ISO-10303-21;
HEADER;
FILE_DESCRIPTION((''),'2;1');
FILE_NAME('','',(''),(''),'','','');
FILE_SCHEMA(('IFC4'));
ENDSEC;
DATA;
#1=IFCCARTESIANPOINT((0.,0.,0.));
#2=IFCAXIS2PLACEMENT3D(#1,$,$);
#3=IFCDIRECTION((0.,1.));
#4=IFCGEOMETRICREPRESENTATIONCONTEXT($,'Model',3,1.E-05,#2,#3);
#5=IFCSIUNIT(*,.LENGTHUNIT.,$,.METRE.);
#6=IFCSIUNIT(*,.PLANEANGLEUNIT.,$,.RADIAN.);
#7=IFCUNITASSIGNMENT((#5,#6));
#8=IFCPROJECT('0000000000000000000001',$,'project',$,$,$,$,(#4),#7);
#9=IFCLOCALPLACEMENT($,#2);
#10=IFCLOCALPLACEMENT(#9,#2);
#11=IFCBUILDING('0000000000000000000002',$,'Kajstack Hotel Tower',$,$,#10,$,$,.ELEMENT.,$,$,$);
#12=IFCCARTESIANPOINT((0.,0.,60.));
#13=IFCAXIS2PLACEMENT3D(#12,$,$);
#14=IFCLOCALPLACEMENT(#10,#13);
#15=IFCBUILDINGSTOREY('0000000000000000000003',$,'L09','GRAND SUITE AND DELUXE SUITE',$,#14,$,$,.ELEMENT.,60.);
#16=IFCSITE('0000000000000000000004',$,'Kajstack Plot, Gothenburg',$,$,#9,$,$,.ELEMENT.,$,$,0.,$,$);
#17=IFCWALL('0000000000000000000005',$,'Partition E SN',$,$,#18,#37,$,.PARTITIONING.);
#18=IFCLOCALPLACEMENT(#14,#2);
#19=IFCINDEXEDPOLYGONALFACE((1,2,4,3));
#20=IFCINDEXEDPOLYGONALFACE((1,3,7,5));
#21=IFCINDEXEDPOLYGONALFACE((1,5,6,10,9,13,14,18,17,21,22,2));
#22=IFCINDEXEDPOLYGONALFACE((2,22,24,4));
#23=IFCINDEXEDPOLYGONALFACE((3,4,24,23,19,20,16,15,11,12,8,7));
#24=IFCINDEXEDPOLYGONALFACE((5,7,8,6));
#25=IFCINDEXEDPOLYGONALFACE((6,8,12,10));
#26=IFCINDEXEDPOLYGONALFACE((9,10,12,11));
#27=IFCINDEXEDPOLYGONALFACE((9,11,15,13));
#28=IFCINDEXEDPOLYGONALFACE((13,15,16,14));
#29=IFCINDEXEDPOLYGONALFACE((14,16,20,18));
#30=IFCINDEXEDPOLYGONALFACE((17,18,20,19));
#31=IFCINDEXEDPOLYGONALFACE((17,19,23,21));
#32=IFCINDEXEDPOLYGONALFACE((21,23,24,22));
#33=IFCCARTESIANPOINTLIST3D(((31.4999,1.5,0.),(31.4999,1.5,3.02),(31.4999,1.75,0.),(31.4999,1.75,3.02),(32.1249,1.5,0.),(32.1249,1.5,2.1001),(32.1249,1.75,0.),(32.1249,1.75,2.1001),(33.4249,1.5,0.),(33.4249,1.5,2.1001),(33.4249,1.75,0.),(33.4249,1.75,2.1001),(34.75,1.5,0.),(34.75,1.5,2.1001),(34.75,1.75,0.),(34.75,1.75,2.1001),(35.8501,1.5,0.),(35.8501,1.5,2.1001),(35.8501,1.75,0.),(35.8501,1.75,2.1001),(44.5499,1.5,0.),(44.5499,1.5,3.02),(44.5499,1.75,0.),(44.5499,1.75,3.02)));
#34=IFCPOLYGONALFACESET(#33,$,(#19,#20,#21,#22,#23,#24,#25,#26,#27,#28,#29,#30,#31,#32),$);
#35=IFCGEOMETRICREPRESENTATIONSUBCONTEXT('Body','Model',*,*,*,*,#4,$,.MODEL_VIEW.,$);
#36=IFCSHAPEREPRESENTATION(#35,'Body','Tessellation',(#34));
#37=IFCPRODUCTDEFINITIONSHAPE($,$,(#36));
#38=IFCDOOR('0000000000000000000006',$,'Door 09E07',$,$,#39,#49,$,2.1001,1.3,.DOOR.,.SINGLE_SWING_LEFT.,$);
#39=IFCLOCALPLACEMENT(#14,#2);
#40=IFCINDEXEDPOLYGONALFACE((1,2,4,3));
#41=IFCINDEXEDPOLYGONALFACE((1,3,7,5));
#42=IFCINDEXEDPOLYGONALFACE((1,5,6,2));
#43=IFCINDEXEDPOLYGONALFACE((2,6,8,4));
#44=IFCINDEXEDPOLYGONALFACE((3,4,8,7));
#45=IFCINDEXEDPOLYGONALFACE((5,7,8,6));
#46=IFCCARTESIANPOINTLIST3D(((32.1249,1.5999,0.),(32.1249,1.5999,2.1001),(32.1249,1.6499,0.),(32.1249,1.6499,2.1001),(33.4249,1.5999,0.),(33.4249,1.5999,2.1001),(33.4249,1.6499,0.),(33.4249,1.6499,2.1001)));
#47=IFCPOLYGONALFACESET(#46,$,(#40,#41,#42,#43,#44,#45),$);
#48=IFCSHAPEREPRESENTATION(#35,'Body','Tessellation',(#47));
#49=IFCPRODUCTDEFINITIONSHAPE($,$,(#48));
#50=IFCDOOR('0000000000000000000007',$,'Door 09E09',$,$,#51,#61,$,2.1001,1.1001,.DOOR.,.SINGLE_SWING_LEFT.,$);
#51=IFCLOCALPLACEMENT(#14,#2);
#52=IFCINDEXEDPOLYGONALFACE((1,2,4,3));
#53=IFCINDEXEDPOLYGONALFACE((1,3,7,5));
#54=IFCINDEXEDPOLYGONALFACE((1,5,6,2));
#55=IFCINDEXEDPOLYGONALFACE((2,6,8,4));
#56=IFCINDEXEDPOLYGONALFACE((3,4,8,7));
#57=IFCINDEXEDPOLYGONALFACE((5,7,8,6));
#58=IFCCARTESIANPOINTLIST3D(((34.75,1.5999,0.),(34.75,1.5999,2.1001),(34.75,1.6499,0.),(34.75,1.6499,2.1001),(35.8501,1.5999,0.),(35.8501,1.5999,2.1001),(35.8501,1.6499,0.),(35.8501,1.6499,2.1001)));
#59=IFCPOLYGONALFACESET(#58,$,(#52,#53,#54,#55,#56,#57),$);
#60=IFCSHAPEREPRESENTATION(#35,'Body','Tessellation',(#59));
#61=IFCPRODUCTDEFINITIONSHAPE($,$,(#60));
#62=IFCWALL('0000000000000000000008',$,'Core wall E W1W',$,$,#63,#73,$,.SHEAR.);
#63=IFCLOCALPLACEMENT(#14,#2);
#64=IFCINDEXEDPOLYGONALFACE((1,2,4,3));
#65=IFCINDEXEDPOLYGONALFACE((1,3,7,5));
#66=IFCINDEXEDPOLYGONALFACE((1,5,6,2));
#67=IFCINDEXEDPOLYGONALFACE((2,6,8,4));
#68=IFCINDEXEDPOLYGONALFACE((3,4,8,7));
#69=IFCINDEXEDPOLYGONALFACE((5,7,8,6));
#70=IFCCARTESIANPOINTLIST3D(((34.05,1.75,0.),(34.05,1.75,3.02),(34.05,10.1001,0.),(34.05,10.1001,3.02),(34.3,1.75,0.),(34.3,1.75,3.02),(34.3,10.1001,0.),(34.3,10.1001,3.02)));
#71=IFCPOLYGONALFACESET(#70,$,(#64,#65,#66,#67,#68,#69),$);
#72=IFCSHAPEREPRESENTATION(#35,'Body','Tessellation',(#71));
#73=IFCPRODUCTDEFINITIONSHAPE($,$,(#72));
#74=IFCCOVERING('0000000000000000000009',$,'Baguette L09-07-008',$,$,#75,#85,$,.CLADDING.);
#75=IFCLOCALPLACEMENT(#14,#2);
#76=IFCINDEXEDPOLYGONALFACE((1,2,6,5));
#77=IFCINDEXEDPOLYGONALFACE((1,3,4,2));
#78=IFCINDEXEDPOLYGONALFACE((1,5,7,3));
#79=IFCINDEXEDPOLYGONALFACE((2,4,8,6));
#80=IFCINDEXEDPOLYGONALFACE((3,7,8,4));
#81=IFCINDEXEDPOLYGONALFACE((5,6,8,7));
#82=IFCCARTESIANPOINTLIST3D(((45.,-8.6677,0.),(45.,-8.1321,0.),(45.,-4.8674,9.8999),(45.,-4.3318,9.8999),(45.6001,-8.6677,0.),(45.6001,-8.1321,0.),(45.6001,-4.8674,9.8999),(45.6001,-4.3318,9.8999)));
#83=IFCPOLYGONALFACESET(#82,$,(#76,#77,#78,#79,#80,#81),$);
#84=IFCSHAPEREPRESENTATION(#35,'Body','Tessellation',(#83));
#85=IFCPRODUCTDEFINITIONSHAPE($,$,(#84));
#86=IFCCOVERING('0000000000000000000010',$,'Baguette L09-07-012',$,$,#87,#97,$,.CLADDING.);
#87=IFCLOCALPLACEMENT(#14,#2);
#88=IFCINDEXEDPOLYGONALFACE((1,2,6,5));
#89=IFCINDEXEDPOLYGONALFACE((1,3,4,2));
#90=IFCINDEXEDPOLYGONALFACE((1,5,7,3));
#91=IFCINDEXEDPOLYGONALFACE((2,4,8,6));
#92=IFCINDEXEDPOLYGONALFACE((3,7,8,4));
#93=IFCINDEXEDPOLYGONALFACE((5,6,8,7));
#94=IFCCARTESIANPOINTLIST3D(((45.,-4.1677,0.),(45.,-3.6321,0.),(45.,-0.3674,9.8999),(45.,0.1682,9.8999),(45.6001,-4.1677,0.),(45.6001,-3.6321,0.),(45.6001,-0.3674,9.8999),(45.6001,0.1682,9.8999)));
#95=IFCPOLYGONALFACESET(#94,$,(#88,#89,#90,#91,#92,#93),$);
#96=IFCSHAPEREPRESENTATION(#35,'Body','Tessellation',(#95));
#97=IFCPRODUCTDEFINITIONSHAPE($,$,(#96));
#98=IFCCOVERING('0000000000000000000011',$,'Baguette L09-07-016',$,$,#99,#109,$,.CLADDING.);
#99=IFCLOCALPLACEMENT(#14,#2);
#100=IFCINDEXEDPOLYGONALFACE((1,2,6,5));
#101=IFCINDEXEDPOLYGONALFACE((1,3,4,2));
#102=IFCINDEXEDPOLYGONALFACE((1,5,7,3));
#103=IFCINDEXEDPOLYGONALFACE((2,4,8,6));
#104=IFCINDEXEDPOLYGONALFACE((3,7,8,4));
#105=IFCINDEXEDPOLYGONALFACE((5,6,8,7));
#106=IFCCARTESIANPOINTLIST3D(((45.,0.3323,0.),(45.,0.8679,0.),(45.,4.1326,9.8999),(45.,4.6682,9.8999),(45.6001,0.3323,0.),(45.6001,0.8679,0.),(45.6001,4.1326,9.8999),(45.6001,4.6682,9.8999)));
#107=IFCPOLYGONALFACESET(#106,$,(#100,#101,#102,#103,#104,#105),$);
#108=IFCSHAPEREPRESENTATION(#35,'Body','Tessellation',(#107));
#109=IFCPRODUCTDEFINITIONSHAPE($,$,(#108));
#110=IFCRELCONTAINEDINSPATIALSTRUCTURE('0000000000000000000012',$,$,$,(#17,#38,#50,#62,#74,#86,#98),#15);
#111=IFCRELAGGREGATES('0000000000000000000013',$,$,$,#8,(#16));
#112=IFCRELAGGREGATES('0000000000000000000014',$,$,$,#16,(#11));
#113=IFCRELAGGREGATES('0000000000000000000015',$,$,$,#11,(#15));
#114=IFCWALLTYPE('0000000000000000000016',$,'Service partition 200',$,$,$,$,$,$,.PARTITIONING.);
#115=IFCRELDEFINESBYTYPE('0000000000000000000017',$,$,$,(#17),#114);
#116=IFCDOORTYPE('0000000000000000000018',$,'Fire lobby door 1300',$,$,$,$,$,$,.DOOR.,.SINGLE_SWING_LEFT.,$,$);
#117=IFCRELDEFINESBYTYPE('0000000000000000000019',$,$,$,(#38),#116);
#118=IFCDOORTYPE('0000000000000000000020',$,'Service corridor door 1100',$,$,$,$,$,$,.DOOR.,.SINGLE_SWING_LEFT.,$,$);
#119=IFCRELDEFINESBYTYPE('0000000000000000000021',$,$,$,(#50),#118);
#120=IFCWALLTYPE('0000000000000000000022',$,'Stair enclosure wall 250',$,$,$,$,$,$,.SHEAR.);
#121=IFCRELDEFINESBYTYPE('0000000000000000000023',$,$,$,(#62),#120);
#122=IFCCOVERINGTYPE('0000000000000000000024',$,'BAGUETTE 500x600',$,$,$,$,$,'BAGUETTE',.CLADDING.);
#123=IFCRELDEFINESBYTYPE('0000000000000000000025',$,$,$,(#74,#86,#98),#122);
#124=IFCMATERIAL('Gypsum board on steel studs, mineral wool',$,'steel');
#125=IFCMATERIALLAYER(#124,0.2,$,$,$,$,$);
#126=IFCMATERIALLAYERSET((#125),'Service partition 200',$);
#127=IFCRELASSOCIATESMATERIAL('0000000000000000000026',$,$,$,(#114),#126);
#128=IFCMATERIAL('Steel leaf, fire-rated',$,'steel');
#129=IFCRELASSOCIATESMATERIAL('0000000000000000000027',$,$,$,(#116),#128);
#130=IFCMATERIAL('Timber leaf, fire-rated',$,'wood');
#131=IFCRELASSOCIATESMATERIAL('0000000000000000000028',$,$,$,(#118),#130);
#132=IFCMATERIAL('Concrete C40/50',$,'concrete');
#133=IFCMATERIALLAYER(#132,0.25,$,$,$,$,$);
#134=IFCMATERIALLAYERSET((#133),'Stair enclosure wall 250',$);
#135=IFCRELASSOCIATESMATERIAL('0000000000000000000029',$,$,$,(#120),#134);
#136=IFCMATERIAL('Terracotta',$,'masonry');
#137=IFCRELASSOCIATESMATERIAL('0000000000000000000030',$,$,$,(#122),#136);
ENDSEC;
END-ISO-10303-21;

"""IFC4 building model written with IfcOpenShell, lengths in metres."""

from ifc_helpers import new_model, si_unit, direction, frame, frame_2d, origin, origin_2d, place, context, subcontext, project, spatial, polyline, rectangle, outline, extrude, material, layer, layer_set, material_profile, profile_set, type_object, element, fill, save


model = new_model("IFC4")

# Units and contexts
model_context = context("Model", 3, precision=1e-05, world=origin(), true_north=direction((0.0, 1.0)))
body_context = subcontext(model_context, "Body", "Model", "MODEL_VIEW")
ifc_project = project(units=[si_unit("LENGTHUNIT", "METRE"), si_unit("PLANEANGLEUNIT", "RADIAN")], contexts=[model_context])

# Site, building, storey
site_placement = place(None, origin())
site = spatial("IfcSite", under=ifc_project, at=site_placement, Name="Kajstack Plot, Gothenburg", CompositionType="ELEMENT", RefElevation=0.0)
building_placement = place(site_placement, origin())
building = spatial("IfcBuilding", under=site, at=building_placement, Name="Kajstack Hotel Tower", CompositionType="ELEMENT")
storey_placement = place(building_placement, frame((0.0, 0.0, 60.0)))
storey = spatial("IfcBuildingStorey", under=building, at=storey_placement, Name="L09", Description="GRAND SUITE AND DELUXE SUITE", CompositionType="ELEMENT", Elevation=60.0)

# Wall, openings, doors
ifc_material_1 = material(Name="Gypsum board on steel studs, mineral wool", Category="steel")
ifc_layer_1 = layer(ifc_material_1, 0.2)
ifc_layer_set_1 = layer_set([ifc_layer_1], Name="Service partition 200")
wall_type_1 = type_object("IfcWallType", Name="Service partition 200", PredefinedType="PARTITIONING", material=ifc_layer_set_1)
wall_1_placement = place(storey_placement, frame((31.5, 1.625, 0.0), z_axis=(0.0, 0.0, 1.0), x_axis=(1.0, 0.0, 0.0)))
wall_1 = element("IfcWall", 1, at=wall_1_placement, inside=storey, type_object=wall_type_1, Name="Partition E SN", PredefinedType="PARTITIONING", context=body_context, shape_type="SweptSolid", body=[
    extrude(rectangle(XDim=13.05, YDim=0.25, at=frame_2d((6.5249, 0.0))), origin(), (0.0, 0.0, 1.0), 3.02),
])
opening_1_placement = place(wall_1_placement, frame((0.625, 0.0, 0.0)))
opening_1 = element("IfcOpeningElement", 2, at=opening_1_placement, cuts=wall_1, PredefinedType="OPENING", context=body_context, shape_type="SweptSolid", body=[
    extrude(rectangle(XDim=1.3, YDim=2.1001, at=frame_2d((0.6499, 1.05))), frame((0.0, 0.135, 0.0), z_axis=(0.0, -1.0, 0.0), x_axis=(1.0, 0.0, 0.0)), (0.0, 0.0, 1.0), 0.27),
])
opening_2_placement = place(wall_1_placement, frame((3.25, 0.0, 0.0)))
opening_2 = element("IfcOpeningElement", 3, at=opening_2_placement, cuts=wall_1, PredefinedType="OPENING", context=body_context, shape_type="SweptSolid", body=[
    extrude(rectangle(XDim=1.1001, YDim=2.1001, at=frame_2d((0.55, 1.05))), frame((0.0, 0.135, 0.0), z_axis=(0.0, -1.0, 0.0), x_axis=(1.0, 0.0, 0.0)), (0.0, 0.0, 1.0), 0.27),
])
ifc_material_2 = material(Name="Steel leaf, fire-rated", Category="steel")
door_type_1 = type_object("IfcDoorType", Name="Fire lobby door 1300", OperationType="SINGLE_SWING_LEFT", PredefinedType="DOOR", material=ifc_material_2)
door_1_placement = place(opening_1_placement, origin())
door_1 = element("IfcDoor", 4, at=door_1_placement, inside=storey, type_object=door_type_1, Name="Door 09E07", OperationType="SINGLE_SWING_LEFT", OverallHeight=2.1001, OverallWidth=1.3, PredefinedType="DOOR", context=body_context, shape_type="SweptSolid", body=[
    extrude(rectangle(XDim=1.3, YDim=2.1001, at=frame_2d((0.6499, 1.05))), frame((0.0, 0.0249, 0.0), z_axis=(0.0, -1.0, 0.0), x_axis=(1.0, 0.0, 0.0)), (0.0, 0.0, 1.0), 0.05),
])
fill(opening_1, door_1)
ifc_material_3 = material(Name="Timber leaf, fire-rated", Category="wood")
door_type_2 = type_object("IfcDoorType", Name="Service corridor door 1100", OperationType="SINGLE_SWING_LEFT", PredefinedType="DOOR", material=ifc_material_3)
door_2_placement = place(opening_2_placement, origin())
door_2 = element("IfcDoor", 5, at=door_2_placement, inside=storey, type_object=door_type_2, Name="Door 09E09", OperationType="SINGLE_SWING_LEFT", OverallHeight=2.1001, OverallWidth=1.1001, PredefinedType="DOOR", context=body_context, shape_type="SweptSolid", body=[
    extrude(rectangle(XDim=1.1001, YDim=2.1001, at=frame_2d((0.55, 1.05))), frame((0.0, 0.0249, 0.0), z_axis=(0.0, -1.0, 0.0), x_axis=(1.0, 0.0, 0.0)), (0.0, 0.0, 1.0), 0.05),
])
fill(opening_2, door_2)

# Wall
ifc_material_4 = material(Name="Concrete C40/50", Category="concrete")
ifc_layer_2 = layer(ifc_material_4, 0.25)
ifc_layer_set_2 = layer_set([ifc_layer_2], Name="Stair enclosure wall 250")
wall_type_2 = type_object("IfcWallType", Name="Stair enclosure wall 250", PredefinedType="SHEAR", material=ifc_layer_set_2)
wall_2_placement = place(storey_placement, frame((34.175, 1.75, 0.0), z_axis=(0.0, 0.0, 1.0), x_axis=(0.0, 1.0, 0.0)))
element("IfcWall", 6, at=wall_2_placement, inside=storey, type_object=wall_type_2, Name="Core wall E W1W", PredefinedType="SHEAR", context=body_context, shape_type="SweptSolid", body=[
    extrude(rectangle(XDim=8.3501, YDim=0.25, at=frame_2d((4.175, 0.0))), origin(), (0.0, 0.0, 1.0), 3.02),
])

# Coverings
ifc_material_5 = material(Name="Terracotta", Category="masonry")
ifc_material_profile = material_profile(ifc_material_5, rectangle(XDim=0.6001, YDim=0.5, at=origin_2d()), Name="Terracotta-clad concrete baguette 500 x 600")
ifc_profile_set = profile_set([ifc_material_profile], Name="Terracotta")
covering_type = type_object("IfcCoveringType", Name="BAGUETTE 500x600", ElementType="BAGUETTE", PredefinedType="CLADDING", material=ifc_profile_set)
for number, where, z_axis, x_axis, name in (
    (7, (45.0, -8.6677, 0.0), (1.0, 0.0, 0.0), (0.0, 1.0, 0.0), "Baguette L09-07-008"),
    (8, (45.0, -4.1677, 0.0), (1.0, 0.0, 0.0), (0.0, 1.0, 0.0), "Baguette L09-07-012"),
    (9, (45.0, 0.3323, 0.0), (1.0, 0.0, 0.0), (0.0, 1.0, 0.0), "Baguette L09-07-016"),
):
    element("IfcCovering", number, at=place(storey_placement, frame(where, z_axis=z_axis, x_axis=x_axis)), inside=storey, type_object=covering_type, Name=name, PredefinedType="CLADDING", context=body_context, shape_type="SweptSolid", body=[
        extrude(outline(polyline([(3.8003, 9.8999), (0.0, 0.0), (0.5356, 0.0), (4.3359, 9.8999), (3.8003, 9.8999)])), origin(), (0.0, 0.0, 1.0), 0.6001),
    ])

save(model, "model.ifc")
